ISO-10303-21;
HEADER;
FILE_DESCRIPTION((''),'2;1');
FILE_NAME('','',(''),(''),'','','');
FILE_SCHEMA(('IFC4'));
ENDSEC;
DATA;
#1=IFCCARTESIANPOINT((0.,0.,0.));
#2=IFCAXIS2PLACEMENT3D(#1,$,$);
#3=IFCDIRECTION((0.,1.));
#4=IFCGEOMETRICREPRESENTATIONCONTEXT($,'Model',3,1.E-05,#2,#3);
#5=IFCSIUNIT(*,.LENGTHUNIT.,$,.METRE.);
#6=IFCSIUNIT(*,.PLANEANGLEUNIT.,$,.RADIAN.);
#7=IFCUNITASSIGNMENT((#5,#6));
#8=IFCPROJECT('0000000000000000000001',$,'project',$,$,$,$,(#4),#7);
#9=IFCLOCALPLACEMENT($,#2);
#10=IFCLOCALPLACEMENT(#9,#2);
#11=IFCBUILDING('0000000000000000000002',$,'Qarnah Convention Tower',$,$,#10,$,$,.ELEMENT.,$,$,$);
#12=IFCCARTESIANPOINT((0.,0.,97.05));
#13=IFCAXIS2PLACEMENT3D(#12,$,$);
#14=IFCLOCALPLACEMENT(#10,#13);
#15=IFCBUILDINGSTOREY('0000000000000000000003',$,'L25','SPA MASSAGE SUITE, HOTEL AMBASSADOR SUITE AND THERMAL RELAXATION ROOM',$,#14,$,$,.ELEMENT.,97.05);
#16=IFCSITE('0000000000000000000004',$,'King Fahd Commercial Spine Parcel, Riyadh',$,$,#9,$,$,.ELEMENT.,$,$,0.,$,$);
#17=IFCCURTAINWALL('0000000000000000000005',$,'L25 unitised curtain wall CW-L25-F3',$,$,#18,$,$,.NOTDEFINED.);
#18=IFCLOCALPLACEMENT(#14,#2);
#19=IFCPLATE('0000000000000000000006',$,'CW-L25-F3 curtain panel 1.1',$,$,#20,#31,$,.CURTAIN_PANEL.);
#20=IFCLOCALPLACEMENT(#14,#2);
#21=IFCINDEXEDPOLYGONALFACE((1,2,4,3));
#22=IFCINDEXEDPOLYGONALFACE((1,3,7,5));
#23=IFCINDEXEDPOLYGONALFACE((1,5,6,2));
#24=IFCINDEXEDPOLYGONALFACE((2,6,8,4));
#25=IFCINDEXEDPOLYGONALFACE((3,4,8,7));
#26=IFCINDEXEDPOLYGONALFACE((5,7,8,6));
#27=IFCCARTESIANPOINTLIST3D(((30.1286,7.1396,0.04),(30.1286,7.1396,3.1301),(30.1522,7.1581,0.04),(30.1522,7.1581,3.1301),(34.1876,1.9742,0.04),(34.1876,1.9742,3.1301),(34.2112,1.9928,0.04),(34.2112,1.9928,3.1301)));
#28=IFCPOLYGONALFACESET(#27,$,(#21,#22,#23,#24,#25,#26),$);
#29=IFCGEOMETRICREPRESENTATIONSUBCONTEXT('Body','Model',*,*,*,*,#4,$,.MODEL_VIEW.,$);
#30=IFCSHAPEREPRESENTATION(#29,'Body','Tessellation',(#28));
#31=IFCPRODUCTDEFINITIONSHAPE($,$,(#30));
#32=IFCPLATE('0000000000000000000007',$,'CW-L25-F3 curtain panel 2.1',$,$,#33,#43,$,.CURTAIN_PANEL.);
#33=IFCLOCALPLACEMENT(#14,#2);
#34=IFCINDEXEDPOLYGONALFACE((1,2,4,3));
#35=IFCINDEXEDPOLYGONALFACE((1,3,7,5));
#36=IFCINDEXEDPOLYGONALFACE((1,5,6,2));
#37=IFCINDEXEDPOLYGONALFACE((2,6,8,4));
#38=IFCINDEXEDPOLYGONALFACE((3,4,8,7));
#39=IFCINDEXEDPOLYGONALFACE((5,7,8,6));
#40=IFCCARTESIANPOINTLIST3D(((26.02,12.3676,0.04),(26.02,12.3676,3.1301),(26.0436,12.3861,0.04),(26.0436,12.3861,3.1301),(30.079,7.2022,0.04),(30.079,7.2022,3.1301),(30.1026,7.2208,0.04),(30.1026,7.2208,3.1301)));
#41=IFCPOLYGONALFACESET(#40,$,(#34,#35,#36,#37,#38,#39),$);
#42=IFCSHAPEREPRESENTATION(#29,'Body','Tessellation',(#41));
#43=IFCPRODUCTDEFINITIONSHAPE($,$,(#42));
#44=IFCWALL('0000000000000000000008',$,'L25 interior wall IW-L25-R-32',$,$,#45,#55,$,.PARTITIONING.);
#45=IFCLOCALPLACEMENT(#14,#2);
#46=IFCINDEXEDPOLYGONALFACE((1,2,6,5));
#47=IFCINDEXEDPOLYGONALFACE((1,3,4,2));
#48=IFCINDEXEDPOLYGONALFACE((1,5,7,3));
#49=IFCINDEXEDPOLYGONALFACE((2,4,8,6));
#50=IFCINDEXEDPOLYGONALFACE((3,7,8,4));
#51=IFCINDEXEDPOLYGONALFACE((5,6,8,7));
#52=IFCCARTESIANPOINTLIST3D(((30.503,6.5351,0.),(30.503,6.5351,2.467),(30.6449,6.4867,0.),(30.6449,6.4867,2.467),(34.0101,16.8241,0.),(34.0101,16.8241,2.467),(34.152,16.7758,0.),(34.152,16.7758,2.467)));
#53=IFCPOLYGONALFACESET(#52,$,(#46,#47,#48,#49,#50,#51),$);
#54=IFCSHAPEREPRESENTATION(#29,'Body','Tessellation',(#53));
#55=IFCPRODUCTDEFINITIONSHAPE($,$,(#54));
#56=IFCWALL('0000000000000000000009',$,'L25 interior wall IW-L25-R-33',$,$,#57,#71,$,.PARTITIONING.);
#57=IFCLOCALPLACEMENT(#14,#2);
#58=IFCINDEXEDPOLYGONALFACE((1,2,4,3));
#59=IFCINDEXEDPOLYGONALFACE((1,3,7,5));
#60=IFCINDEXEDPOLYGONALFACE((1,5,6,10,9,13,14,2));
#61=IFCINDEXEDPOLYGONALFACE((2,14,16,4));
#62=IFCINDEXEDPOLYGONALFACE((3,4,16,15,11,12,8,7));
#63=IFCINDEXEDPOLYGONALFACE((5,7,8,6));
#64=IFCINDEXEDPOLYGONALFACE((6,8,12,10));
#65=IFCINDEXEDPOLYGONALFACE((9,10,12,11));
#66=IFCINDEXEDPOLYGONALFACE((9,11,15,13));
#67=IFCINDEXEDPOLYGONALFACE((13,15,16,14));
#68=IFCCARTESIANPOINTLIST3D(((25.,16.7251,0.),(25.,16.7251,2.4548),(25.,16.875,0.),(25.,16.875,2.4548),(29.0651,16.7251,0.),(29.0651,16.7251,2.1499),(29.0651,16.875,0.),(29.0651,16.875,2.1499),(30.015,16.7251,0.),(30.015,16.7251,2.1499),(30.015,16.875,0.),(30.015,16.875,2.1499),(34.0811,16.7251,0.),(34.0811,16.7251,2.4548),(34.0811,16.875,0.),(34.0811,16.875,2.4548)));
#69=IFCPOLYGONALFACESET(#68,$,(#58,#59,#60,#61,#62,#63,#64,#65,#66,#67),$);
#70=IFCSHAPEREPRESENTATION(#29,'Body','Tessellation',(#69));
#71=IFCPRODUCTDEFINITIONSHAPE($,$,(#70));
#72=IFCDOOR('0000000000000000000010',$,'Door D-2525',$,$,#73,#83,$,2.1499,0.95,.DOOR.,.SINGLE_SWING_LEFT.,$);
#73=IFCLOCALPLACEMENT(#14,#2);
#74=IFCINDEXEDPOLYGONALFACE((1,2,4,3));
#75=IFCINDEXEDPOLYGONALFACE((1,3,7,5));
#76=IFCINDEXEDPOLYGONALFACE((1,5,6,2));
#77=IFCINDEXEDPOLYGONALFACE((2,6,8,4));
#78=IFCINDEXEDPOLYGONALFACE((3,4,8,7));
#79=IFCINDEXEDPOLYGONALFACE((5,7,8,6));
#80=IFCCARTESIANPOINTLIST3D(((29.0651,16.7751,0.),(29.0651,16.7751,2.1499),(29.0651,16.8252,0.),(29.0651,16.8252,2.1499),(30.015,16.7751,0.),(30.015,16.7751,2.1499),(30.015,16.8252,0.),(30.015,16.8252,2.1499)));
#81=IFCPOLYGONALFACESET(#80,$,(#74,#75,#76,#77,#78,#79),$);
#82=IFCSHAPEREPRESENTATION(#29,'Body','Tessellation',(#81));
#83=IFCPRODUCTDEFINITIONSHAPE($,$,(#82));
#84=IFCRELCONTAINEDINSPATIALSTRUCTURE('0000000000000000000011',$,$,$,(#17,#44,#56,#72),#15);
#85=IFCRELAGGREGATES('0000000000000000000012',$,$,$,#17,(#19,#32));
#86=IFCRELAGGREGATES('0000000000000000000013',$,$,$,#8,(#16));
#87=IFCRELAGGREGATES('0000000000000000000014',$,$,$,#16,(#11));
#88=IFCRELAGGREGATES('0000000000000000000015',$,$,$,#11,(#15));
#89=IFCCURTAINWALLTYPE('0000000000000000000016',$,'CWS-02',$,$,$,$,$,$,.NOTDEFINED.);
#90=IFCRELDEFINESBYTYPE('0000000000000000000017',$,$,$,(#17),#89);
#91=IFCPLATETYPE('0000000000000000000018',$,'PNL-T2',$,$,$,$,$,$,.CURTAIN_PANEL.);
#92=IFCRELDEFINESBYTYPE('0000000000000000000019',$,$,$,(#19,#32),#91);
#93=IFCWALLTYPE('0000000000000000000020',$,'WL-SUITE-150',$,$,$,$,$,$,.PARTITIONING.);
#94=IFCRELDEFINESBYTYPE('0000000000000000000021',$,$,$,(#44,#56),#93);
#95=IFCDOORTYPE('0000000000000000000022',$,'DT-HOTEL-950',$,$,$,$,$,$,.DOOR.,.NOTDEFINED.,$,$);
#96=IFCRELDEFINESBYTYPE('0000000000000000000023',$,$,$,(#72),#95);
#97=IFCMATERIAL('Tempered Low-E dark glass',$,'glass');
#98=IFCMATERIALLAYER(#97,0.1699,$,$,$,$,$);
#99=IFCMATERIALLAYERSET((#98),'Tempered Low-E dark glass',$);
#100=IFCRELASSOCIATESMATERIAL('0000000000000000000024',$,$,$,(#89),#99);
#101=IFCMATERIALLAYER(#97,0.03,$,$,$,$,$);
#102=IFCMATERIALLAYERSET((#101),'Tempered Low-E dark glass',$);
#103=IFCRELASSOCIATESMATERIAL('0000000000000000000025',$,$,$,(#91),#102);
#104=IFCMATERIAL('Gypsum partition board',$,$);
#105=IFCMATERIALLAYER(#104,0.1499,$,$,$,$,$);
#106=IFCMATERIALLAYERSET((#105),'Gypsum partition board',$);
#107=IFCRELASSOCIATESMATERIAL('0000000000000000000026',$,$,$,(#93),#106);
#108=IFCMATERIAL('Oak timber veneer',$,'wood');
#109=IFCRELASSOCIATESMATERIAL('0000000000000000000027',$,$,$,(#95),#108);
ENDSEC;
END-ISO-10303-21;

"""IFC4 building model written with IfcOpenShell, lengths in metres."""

from ifc_helpers import new_model, si_unit, direction, frame, frame_2d, origin, origin_2d, place, context, subcontext, project, spatial, rectangle, extrude, material, layer, layer_set, type_object, element, fill, aggregate, save


model = new_model("IFC4")

# Units and contexts
model_context = context("Model", 3, precision=1e-05, world=origin(), true_north=direction((0.0, 1.0)))
body_context = subcontext(model_context, "Body", "Model", "MODEL_VIEW")
ifc_project = project(units=[si_unit("LENGTHUNIT", "METRE"), si_unit("PLANEANGLEUNIT", "RADIAN")], contexts=[model_context])

# Site, building, storey
site_placement = place(None, origin())
site = spatial("IfcSite", under=ifc_project, at=site_placement, Name="King Fahd Commercial Spine Parcel, Riyadh", CompositionType="ELEMENT", RefElevation=0.0)
building_placement = place(site_placement, origin())
building = spatial("IfcBuilding", under=site, at=building_placement, Name="Qarnah Convention Tower", CompositionType="ELEMENT")
storey_placement = place(building_placement, frame((0.0, 0.0, 97.05)))
storey = spatial("IfcBuildingStorey", under=building, at=storey_placement, Name="L25", Description="SPA MASSAGE SUITE, HOTEL AMBASSADOR SUITE AND THERMAL RELAXATION ROOM", CompositionType="ELEMENT", Elevation=97.05)

# Curtain wall, plates
ifc_material_1 = material(Name="Tempered Low-E dark glass", Category="glass")
ifc_layer_1 = layer(ifc_material_1, 0.1699)
ifc_layer_set_1 = layer_set([ifc_layer_1], Name="Tempered Low-E dark glass")
curtain_wall_type = type_object("IfcCurtainWallType", Name="CWS-02", PredefinedType="NOTDEFINED", material=ifc_layer_set_1)
curtain_wall_placement = place(storey_placement, origin())
curtain_wall = element("IfcCurtainWall", 1, at=curtain_wall_placement, inside=storey, type_object=curtain_wall_type, Name="L25 unitised curtain wall CW-L25-F3", PredefinedType="NOTDEFINED")
ifc_layer_2 = layer(ifc_material_1, 0.03)
ifc_layer_set_2 = layer_set([ifc_layer_2], Name="Tempered Low-E dark glass")
plate_type = type_object("IfcPlateType", Name="PNL-T2", PredefinedType="CURTAIN_PANEL", material=ifc_layer_set_2)
plate_1_placement = place(storey_placement, frame((32.1699, 4.5662, 0.04), z_axis=(0.0, 0.0, 1.0), x_axis=(-0.617871, 0.78628, 0.0)))
plate_1 = element("IfcPlate", 2, at=plate_1_placement, type_object=plate_type, Name="CW-L25-F3 curtain panel 1.1", PredefinedType="CURTAIN_PANEL", context=body_context, shape_type="SweptSolid", body=[
    extrude(rectangle(XDim=6.5693, YDim=0.03, at=origin_2d()), origin(), (0.0, 0.0, 1.0), 3.0901),
])
plate_2_placement = place(storey_placement, frame((28.0613, 9.7942, 0.04), z_axis=(0.0, 0.0, 1.0), x_axis=(-0.617871, 0.78628, 0.0)))
plate_2 = element("IfcPlate", 3, at=plate_2_placement, type_object=plate_type, Name="CW-L25-F3 curtain panel 2.1", PredefinedType="CURTAIN_PANEL", context=body_context, shape_type="SweptSolid", body=[
    extrude(rectangle(XDim=6.5693, YDim=0.03, at=origin_2d()), origin(), (0.0, 0.0, 1.0), 3.0901),
])
aggregate(curtain_wall, [plate_1, plate_2])

# Wall
ifc_material_2 = material(Name="Gypsum partition board")
ifc_layer_3 = layer(ifc_material_2, 0.1499)
ifc_layer_set_3 = layer_set([ifc_layer_3], Name="Gypsum partition board")
wall_type = type_object("IfcWallType", Name="WL-SUITE-150", PredefinedType="PARTITIONING", material=ifc_layer_set_3)
wall_1_placement = place(storey_placement, frame((30.574, 6.511, 0.0), z_axis=(0.0, 0.0, 1.0), x_axis=(0.322628, 0.946526, 0.0)))
element("IfcWall", 4, at=wall_1_placement, inside=storey, type_object=wall_type, Name="L25 interior wall IW-L25-R-32", PredefinedType="PARTITIONING", context=body_context, shape_type="SweptSolid", body=[
    extrude(rectangle(XDim=10.8704, YDim=0.1499, at=frame_2d((5.4351, 0.0))), origin(), (0.0, 0.0, 1.0), 2.467),
])

# Wall, opening, door
wall_2_placement = place(storey_placement, frame((34.0811, 16.8, 0.0), z_axis=(0.0, 0.0, 1.0), x_axis=(-1.0, 0.0, 0.0)))
wall_2 = element("IfcWall", 5, at=wall_2_placement, inside=storey, type_object=wall_type, Name="L25 interior wall IW-L25-R-33", PredefinedType="PARTITIONING", context=body_context, shape_type="SweptSolid", body=[
    extrude(rectangle(XDim=9.0811, YDim=0.1499, at=frame_2d((4.5405, 0.0))), origin(), (0.0, 0.0, 1.0), 2.4548),
])
opening_placement = place(wall_2_placement, frame((4.0659, 0.0, 0.0)))
opening = element("IfcOpeningElement", 6, at=opening_placement, cuts=wall_2, PredefinedType="OPENING", context=body_context, shape_type="SweptSolid", body=[
    extrude(rectangle(XDim=0.95, YDim=2.1499, at=frame_2d((0.4751, 1.075))), frame((0.0, 0.085, 0.0), z_axis=(0.0, -1.0, 0.0), x_axis=(1.0, 0.0, 0.0)), (0.0, 0.0, 1.0), 0.1699),
])
ifc_material_3 = material(Name="Oak timber veneer", Category="wood")
door_type = type_object("IfcDoorType", Name="DT-HOTEL-950", OperationType="NOTDEFINED", PredefinedType="DOOR", material=ifc_material_3)
door_placement = place(opening_placement, origin())
door = element("IfcDoor", 7, at=door_placement, inside=storey, type_object=door_type, Name="Door D-2525", OperationType="SINGLE_SWING_LEFT", OverallHeight=2.1499, OverallWidth=0.95, PredefinedType="DOOR", context=body_context, shape_type="SweptSolid", body=[
    extrude(rectangle(XDim=0.95, YDim=2.1499, at=frame_2d((0.4751, 1.075))), frame((0.0, 0.0249, 0.0), z_axis=(0.0, -1.0, 0.0), x_axis=(1.0, 0.0, 0.0)), (0.0, 0.0, 1.0), 0.05),
])
fill(opening, door)

save(model, "model.ifc")
